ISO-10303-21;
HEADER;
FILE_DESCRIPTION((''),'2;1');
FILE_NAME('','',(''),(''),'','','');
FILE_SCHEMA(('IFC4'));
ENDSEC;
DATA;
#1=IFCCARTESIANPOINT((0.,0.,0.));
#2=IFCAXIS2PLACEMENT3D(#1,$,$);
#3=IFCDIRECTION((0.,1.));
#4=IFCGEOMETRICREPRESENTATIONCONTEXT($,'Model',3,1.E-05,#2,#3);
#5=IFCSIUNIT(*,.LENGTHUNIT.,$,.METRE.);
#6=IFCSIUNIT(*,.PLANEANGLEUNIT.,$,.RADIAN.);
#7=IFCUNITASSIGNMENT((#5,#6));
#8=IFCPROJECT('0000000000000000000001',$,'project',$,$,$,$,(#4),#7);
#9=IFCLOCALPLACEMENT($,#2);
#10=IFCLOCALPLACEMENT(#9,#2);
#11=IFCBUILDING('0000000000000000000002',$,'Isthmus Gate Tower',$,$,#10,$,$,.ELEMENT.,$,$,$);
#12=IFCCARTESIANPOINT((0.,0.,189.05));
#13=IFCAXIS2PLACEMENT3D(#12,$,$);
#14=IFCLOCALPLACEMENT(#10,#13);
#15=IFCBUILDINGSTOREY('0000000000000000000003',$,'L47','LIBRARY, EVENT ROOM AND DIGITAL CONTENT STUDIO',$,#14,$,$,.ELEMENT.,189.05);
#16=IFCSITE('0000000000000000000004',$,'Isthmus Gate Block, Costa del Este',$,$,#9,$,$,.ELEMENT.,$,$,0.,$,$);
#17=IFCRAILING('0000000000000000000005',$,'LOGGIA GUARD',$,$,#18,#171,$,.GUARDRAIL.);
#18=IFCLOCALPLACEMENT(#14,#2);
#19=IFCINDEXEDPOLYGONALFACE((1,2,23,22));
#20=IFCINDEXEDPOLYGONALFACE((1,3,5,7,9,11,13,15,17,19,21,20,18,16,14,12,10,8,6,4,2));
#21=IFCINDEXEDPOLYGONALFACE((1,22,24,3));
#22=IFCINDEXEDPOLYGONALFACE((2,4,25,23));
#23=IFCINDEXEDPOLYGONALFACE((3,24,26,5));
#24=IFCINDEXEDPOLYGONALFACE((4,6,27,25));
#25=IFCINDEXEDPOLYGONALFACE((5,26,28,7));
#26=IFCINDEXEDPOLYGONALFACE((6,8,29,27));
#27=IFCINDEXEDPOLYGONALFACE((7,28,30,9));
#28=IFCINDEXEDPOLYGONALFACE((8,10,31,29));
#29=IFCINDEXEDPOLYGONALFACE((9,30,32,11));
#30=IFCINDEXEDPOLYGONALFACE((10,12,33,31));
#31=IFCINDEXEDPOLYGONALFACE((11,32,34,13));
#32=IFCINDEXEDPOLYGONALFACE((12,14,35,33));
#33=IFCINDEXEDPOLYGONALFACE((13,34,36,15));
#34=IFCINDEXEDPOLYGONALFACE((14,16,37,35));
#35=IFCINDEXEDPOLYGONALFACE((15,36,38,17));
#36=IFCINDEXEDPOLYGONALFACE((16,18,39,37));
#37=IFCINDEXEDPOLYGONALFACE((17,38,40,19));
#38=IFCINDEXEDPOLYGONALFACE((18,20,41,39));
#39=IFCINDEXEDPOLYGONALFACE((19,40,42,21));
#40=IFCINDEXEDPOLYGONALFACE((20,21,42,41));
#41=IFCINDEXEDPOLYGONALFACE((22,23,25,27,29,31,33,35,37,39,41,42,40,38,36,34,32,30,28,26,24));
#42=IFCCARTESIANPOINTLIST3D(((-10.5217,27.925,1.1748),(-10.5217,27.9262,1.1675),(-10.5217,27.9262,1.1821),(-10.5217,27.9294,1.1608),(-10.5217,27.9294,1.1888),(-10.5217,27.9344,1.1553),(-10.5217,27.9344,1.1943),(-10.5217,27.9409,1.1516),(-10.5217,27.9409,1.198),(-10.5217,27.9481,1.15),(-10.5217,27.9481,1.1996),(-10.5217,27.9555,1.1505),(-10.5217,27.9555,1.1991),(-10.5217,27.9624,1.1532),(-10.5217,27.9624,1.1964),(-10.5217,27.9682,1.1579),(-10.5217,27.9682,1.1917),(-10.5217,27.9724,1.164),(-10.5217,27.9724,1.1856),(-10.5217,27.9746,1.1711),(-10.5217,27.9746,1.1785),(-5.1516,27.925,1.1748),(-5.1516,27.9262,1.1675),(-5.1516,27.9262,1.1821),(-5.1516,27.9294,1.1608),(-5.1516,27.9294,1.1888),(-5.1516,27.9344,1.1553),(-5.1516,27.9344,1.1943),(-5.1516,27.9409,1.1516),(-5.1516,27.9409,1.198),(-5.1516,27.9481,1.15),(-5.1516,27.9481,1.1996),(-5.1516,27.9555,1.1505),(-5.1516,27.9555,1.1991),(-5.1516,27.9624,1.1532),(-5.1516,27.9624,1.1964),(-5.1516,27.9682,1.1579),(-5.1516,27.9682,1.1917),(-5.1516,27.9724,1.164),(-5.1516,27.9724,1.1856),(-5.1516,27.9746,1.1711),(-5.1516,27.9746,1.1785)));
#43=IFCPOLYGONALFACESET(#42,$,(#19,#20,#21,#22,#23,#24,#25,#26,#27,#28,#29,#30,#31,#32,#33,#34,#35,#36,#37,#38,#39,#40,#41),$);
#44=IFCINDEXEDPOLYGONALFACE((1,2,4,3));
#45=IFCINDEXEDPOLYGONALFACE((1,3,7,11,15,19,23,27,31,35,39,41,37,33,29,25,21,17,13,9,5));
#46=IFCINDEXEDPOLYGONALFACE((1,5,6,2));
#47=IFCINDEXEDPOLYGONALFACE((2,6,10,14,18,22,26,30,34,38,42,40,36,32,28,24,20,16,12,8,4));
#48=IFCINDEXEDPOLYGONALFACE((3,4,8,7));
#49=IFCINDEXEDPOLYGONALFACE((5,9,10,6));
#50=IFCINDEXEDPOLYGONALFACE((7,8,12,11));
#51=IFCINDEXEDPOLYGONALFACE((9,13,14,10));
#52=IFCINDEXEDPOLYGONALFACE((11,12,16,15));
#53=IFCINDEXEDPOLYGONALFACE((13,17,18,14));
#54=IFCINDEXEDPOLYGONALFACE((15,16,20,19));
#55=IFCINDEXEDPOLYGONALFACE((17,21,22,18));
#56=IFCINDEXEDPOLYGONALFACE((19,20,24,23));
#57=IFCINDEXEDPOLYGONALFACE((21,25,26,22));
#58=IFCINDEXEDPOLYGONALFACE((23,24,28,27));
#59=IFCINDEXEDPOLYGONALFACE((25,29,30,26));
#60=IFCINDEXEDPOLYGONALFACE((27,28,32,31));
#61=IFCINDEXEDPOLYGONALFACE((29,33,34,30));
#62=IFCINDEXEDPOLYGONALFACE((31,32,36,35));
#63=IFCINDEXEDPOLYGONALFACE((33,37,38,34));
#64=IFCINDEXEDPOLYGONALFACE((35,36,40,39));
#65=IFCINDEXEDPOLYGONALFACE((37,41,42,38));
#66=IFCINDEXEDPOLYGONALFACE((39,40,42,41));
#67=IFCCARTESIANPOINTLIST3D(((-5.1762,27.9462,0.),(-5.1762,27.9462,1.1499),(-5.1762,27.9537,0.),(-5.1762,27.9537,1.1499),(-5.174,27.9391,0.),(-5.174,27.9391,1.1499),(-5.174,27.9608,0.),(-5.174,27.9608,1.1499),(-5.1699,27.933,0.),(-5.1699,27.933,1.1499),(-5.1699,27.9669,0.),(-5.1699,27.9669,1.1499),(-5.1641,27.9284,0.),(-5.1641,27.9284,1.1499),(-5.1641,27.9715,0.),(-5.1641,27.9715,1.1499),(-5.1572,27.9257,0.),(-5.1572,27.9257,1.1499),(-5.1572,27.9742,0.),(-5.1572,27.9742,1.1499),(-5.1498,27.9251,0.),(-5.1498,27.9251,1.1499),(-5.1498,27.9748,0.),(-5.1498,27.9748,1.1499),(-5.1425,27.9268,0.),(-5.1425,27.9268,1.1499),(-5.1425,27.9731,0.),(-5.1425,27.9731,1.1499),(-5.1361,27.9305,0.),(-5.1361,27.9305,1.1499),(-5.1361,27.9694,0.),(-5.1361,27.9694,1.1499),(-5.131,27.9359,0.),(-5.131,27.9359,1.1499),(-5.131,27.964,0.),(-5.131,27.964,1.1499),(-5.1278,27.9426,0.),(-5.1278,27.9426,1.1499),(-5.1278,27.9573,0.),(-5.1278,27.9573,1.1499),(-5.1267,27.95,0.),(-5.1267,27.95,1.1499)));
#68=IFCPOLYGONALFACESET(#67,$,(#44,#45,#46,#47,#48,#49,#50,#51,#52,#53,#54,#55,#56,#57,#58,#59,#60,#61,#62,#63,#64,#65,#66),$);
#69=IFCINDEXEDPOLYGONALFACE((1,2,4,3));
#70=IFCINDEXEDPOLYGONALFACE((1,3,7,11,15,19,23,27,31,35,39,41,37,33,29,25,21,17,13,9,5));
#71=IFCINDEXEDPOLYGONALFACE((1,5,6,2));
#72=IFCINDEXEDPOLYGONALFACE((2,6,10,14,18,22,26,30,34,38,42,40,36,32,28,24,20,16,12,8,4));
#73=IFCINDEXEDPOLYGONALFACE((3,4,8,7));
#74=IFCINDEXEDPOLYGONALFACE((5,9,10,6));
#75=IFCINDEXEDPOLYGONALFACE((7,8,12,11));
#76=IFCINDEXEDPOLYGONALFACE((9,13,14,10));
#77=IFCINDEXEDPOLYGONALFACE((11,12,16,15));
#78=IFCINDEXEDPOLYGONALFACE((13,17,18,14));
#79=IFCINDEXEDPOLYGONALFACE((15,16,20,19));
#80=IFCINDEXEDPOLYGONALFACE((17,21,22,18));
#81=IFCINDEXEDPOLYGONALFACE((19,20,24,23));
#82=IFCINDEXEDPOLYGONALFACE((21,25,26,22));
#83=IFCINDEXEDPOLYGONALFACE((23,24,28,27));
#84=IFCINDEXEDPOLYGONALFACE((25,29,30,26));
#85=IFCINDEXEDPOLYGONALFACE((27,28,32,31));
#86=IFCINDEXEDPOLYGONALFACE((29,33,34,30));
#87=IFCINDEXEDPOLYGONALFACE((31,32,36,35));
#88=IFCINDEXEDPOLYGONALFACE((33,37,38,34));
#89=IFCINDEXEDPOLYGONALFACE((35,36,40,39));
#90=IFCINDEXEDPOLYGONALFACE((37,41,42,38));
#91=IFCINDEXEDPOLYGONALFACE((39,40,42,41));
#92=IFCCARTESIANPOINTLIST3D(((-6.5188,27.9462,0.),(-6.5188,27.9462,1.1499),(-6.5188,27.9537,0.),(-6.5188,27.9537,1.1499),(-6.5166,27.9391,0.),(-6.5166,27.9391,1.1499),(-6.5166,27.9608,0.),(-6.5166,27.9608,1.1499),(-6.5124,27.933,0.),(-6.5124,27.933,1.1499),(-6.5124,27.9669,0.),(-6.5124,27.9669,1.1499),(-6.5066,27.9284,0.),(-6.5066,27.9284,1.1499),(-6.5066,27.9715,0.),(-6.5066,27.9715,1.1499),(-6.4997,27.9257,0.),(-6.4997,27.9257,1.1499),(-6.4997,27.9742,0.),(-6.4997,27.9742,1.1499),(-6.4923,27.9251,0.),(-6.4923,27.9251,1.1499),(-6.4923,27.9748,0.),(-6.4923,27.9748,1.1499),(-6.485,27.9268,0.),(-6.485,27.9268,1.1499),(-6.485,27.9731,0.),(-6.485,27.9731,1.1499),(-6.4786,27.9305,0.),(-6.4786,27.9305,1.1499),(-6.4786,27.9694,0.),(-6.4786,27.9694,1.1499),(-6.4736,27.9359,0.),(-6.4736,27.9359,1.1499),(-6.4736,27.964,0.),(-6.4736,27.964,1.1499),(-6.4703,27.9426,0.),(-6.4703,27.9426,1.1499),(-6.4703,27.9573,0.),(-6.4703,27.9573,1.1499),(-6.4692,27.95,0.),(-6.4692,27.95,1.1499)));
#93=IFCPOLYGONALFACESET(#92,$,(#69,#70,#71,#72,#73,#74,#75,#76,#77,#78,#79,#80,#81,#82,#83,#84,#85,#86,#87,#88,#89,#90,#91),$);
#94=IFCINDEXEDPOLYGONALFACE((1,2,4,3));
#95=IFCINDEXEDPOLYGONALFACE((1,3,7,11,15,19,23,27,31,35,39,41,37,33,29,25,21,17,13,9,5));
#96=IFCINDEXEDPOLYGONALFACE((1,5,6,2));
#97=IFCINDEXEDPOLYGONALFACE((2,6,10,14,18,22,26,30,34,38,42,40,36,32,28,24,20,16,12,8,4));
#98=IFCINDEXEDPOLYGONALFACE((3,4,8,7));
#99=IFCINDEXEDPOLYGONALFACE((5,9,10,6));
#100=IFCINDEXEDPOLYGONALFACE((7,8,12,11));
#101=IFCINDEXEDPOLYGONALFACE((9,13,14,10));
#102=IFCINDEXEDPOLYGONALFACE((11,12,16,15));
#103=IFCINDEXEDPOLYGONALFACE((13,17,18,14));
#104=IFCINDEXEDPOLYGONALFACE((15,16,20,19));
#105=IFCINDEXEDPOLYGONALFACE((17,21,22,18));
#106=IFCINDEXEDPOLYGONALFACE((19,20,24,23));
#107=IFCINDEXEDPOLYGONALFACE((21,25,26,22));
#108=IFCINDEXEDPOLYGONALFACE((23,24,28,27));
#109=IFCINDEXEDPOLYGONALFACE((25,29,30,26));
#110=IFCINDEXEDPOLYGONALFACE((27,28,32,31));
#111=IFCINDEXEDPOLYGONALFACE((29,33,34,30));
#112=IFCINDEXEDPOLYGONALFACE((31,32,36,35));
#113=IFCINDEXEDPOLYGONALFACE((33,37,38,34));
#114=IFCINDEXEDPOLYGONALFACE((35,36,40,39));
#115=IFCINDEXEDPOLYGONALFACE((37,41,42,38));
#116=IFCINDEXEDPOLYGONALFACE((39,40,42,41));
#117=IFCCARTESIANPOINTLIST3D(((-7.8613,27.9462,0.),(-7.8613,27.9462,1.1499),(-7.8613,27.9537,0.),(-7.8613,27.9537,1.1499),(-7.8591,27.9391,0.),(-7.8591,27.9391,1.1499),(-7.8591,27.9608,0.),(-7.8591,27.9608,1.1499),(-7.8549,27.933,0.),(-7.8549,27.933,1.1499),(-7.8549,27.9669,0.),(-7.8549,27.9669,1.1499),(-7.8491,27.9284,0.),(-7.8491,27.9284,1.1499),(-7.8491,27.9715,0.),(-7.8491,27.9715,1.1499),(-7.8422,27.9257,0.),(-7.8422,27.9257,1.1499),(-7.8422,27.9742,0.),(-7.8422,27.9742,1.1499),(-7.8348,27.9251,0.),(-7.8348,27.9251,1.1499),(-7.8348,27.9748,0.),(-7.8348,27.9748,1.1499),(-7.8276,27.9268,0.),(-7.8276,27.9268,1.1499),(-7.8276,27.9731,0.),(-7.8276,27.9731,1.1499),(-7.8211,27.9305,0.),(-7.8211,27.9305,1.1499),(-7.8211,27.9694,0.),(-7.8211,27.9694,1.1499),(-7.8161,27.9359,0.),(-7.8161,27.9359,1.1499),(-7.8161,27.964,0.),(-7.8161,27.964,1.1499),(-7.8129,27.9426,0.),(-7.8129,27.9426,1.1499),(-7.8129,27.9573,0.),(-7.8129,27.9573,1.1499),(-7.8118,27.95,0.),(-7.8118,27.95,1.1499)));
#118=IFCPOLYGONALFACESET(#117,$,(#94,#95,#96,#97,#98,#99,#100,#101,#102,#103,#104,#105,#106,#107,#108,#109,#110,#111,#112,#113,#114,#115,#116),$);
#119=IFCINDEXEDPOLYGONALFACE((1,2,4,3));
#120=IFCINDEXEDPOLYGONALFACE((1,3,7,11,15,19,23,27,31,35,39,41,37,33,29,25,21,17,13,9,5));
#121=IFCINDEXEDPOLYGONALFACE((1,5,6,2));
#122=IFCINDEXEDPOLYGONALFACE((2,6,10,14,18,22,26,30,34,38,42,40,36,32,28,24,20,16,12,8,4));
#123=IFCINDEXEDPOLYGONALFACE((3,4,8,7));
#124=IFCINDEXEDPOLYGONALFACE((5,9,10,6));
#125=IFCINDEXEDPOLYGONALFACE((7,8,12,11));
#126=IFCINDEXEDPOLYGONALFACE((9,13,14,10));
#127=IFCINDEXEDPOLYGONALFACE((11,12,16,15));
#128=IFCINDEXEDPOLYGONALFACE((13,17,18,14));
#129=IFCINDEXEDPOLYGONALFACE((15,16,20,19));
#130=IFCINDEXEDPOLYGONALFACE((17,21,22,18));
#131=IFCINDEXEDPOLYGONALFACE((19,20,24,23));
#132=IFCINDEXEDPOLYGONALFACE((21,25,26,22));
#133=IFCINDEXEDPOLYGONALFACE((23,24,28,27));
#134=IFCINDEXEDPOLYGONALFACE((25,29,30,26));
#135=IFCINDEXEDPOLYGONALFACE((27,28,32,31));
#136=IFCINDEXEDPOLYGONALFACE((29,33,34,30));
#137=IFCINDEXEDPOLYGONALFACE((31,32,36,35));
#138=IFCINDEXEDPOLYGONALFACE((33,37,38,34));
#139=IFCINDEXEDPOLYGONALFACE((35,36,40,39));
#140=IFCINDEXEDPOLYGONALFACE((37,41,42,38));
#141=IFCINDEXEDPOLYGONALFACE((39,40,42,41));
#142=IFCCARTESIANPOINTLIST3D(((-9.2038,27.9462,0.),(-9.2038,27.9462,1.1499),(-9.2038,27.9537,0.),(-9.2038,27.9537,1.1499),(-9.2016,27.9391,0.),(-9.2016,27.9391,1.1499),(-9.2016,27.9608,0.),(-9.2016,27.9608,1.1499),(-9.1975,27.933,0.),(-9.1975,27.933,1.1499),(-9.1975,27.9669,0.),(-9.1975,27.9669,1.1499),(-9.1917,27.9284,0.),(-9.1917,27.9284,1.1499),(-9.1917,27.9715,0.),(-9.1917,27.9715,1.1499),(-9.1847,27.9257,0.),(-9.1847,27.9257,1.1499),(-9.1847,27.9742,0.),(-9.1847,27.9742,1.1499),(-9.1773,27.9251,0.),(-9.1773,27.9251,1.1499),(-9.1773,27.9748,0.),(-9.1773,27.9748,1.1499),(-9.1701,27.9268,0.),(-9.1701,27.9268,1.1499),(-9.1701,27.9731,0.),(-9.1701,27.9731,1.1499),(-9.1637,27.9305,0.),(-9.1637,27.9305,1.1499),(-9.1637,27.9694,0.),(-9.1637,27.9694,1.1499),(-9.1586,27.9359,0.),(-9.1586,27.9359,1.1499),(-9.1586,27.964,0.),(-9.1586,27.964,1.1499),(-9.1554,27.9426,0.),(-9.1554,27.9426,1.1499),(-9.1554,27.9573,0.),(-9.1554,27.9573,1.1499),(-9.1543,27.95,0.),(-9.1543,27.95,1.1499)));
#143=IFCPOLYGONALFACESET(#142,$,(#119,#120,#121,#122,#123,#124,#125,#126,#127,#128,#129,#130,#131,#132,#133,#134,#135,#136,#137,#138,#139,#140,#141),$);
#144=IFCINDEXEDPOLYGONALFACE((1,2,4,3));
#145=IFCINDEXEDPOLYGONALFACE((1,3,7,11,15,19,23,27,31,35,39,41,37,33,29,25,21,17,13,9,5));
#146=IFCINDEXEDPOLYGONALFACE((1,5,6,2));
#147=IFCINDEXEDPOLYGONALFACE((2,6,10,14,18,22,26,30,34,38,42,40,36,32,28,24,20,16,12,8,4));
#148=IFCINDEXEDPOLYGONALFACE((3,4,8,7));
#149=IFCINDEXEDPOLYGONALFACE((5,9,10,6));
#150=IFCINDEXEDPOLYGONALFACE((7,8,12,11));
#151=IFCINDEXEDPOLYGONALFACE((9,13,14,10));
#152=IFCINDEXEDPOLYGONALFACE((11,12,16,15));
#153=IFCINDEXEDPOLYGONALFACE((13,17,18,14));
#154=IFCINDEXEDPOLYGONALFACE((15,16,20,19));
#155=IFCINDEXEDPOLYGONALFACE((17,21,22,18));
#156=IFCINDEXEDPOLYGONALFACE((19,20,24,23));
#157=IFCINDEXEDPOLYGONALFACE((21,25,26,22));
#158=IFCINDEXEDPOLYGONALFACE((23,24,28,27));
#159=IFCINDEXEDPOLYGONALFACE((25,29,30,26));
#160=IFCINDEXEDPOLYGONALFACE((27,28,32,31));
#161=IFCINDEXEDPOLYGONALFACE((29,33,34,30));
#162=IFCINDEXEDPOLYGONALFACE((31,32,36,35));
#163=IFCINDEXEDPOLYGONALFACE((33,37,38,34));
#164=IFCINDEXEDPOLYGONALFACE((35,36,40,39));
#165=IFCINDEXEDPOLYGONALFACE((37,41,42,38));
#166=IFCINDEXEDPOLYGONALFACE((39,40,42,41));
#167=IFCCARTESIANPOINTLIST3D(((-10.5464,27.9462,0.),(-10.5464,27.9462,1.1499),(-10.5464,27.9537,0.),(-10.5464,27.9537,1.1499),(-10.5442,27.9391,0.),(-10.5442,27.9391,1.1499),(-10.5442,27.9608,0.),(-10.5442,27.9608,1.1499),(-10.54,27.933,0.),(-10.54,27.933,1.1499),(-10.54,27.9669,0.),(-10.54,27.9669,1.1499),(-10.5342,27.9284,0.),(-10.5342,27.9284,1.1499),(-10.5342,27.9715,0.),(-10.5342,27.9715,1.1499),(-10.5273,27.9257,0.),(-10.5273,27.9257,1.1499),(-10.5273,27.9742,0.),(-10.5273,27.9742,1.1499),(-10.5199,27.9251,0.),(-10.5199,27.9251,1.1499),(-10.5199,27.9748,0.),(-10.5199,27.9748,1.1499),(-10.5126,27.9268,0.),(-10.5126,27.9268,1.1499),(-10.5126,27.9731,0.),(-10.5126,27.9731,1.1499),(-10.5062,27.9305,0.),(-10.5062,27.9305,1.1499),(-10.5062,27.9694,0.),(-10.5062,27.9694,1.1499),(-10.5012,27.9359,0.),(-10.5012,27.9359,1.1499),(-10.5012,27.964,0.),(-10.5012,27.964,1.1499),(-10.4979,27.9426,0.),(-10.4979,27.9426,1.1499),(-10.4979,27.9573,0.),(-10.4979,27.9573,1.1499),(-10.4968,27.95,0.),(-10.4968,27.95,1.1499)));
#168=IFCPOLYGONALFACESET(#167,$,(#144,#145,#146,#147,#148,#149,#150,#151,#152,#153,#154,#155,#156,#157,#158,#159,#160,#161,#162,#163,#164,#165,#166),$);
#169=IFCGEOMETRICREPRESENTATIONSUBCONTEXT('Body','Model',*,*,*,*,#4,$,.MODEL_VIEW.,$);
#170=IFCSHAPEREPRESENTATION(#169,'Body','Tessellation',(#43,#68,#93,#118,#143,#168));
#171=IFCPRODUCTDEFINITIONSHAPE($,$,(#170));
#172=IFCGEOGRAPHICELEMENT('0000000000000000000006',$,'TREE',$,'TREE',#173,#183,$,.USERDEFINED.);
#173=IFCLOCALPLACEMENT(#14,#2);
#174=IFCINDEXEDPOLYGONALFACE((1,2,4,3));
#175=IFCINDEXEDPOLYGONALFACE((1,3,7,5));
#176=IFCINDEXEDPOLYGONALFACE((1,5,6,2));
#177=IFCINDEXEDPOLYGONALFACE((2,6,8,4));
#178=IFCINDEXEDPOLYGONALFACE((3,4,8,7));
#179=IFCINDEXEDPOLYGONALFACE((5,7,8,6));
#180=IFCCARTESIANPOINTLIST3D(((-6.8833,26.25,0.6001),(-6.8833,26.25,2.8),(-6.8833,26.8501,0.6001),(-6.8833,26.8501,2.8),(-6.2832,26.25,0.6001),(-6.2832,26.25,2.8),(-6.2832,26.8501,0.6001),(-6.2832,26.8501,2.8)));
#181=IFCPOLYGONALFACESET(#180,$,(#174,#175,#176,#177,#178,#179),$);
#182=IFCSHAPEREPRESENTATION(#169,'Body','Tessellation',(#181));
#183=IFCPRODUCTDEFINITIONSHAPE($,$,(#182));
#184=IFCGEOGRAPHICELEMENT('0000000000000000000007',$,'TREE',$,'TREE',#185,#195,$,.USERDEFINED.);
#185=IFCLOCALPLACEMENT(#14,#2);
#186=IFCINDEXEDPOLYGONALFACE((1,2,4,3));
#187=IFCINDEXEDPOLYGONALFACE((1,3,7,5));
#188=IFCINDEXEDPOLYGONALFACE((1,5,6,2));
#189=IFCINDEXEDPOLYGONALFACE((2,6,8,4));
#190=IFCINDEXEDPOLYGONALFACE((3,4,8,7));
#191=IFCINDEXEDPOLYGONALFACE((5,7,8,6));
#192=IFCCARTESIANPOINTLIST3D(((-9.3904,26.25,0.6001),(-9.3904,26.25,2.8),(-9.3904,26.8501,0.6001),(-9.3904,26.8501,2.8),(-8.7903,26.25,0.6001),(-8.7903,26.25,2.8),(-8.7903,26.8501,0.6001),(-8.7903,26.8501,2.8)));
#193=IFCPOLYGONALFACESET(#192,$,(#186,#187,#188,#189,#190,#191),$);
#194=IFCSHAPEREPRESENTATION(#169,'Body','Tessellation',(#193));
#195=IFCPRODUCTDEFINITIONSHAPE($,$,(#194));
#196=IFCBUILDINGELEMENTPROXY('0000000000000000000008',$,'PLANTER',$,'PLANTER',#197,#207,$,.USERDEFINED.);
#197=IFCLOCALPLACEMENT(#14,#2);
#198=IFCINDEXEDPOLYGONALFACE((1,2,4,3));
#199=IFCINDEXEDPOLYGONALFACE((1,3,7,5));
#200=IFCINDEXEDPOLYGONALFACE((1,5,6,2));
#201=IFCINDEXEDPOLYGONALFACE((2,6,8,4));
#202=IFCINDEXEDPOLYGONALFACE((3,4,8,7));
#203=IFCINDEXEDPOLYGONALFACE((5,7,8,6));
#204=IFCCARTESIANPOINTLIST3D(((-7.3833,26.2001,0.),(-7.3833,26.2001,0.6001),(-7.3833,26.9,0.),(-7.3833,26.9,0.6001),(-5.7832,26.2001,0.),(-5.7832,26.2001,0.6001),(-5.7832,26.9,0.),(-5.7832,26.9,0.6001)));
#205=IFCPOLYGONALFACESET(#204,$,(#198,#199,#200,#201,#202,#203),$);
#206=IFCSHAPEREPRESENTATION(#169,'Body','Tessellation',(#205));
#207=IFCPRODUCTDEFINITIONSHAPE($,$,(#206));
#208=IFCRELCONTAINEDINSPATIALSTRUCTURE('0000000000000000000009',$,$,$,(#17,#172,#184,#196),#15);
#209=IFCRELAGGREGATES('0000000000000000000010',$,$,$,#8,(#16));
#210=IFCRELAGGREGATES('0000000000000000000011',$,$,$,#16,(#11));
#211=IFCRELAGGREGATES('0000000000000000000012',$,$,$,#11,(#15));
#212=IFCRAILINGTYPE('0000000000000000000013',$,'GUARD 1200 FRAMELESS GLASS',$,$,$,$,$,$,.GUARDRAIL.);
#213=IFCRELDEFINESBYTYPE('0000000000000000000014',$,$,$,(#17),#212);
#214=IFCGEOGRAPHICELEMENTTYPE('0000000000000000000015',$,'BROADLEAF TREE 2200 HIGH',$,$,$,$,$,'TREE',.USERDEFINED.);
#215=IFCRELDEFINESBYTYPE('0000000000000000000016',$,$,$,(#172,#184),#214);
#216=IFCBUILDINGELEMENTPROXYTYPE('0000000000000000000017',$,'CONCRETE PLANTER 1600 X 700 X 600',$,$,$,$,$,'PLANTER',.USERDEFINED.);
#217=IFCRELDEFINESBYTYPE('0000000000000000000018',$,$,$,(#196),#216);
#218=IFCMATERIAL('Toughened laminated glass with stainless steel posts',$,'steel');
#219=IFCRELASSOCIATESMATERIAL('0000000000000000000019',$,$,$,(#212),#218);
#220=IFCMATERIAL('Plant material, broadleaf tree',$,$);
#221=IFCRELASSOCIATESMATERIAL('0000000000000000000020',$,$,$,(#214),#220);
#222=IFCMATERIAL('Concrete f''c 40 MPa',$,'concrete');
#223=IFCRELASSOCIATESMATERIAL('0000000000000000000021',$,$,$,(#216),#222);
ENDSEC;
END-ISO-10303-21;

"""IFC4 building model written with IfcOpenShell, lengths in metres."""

from ifc_helpers import new_model, si_unit, direction, frame, origin, origin_2d, place, context, subcontext, project, spatial, rectangle, circle, extrude, material, type_object, element, save


model = new_model("IFC4")

# Units and contexts
model_context = context("Model", 3, precision=1e-05, world=origin(), true_north=direction((0.0, 1.0)))
body_context = subcontext(model_context, "Body", "Model", "MODEL_VIEW")
ifc_project = project(units=[si_unit("LENGTHUNIT", "METRE"), si_unit("PLANEANGLEUNIT", "RADIAN")], contexts=[model_context])

# Site, building, storey
site_placement = place(None, origin())
site = spatial("IfcSite", under=ifc_project, at=site_placement, Name="Isthmus Gate Block, Costa del Este", CompositionType="ELEMENT", RefElevation=0.0)
building_placement = place(site_placement, origin())
building = spatial("IfcBuilding", under=site, at=building_placement, Name="Isthmus Gate Tower", CompositionType="ELEMENT")
storey_placement = place(building_placement, frame((0.0, 0.0, 189.05)))
storey = spatial("IfcBuildingStorey", under=building, at=storey_placement, Name="L47", Description="LIBRARY, EVENT ROOM AND DIGITAL CONTENT STUDIO", CompositionType="ELEMENT", Elevation=189.05)

# Railing
ifc_material_1 = material(Name="Toughened laminated glass with stainless steel posts", Category="steel")
railing_type = type_object("IfcRailingType", Name="GUARD 1200 FRAMELESS GLASS", PredefinedType="GUARDRAIL", material=ifc_material_1)
railing_placement = place(storey_placement, frame((-5.1516, 27.95, 0.0)))
element("IfcRailing", 1, at=railing_placement, inside=storey, type_object=railing_type, Name="LOGGIA GUARD", PredefinedType="GUARDRAIL", context=body_context, shape_type="SweptSolid", body=[
    extrude(circle(Radius=0.0249, at=origin_2d()), frame((0.0, 0.0, 1.1748), z_axis=(-1.0, 0.0, 0.0), x_axis=(0.0, -1.0, 0.0)), (0.0, 0.0, 1.0), 5.3701),
    extrude(circle(Radius=0.0249, at=origin_2d()), origin(), (0.0, 0.0, 1.0), 1.1499),
    extrude(circle(Radius=0.0249, at=origin_2d()), frame((-1.3425, 0.0, 0.0)), (0.0, 0.0, 1.0), 1.1499),
    extrude(circle(Radius=0.0249, at=origin_2d()), frame((-2.6851, 0.0, 0.0)), (0.0, 0.0, 1.0), 1.1499),
    extrude(circle(Radius=0.0249, at=origin_2d()), frame((-4.0276, 0.0, 0.0)), (0.0, 0.0, 1.0), 1.1499),
    extrude(circle(Radius=0.0249, at=origin_2d()), frame((-5.3701, 0.0, 0.0)), (0.0, 0.0, 1.0), 1.1499),
])

# Geographic elements
ifc_material_2 = material(Name="Plant material, broadleaf tree")
geographic_element_type = type_object("IfcGeographicElementType", Name="BROADLEAF TREE 2200 HIGH", ElementType="TREE", PredefinedType="USERDEFINED", material=ifc_material_2)
for number, where, z_axis, x_axis, name in (
    (2, (-6.5833, 26.55, 0.6001), (0.0, 0.0, 1.0), (-1.0, 0.0, 0.0), "TREE"),
    (3, (-9.0903, 26.55, 0.6001), (0.0, 0.0, 1.0), (-1.0, 0.0, 0.0), "TREE"),
):
    element("IfcGeographicElement", number, at=place(storey_placement, frame(where, z_axis=z_axis, x_axis=x_axis)), inside=storey, type_object=geographic_element_type, Name=name, ObjectType="TREE", PredefinedType="USERDEFINED", context=body_context, shape_type="SweptSolid", body=[
        extrude(rectangle(XDim=0.6001, YDim=0.6001, at=origin_2d()), origin(), (0.0, 0.0, 1.0), 2.2),
    ])

# Building element proxy
ifc_material_3 = material(Name="Concrete f'c 40 MPa", Category="concrete")
building_element_proxy_type = type_object("IfcBuildingElementProxyType", Name="CONCRETE PLANTER 1600 X 700 X 600", ElementType="PLANTER", PredefinedType="USERDEFINED", material=ifc_material_3)
for number, where, z_axis, x_axis, name in (
    (4, (-6.5833, 26.55, 0.0), (0.0, 0.0, 1.0), (-1.0, 0.0, 0.0), "PLANTER"),
):
    element("IfcBuildingElementProxy", number, at=place(storey_placement, frame(where, z_axis=z_axis, x_axis=x_axis)), inside=storey, type_object=building_element_proxy_type, Name=name, ObjectType="PLANTER", PredefinedType="USERDEFINED", context=body_context, shape_type="SweptSolid", body=[
        extrude(rectangle(XDim=1.6001, YDim=0.7, at=origin_2d()), origin(), (0.0, 0.0, 1.0), 0.6001),
    ])

save(model, "model.ifc")
